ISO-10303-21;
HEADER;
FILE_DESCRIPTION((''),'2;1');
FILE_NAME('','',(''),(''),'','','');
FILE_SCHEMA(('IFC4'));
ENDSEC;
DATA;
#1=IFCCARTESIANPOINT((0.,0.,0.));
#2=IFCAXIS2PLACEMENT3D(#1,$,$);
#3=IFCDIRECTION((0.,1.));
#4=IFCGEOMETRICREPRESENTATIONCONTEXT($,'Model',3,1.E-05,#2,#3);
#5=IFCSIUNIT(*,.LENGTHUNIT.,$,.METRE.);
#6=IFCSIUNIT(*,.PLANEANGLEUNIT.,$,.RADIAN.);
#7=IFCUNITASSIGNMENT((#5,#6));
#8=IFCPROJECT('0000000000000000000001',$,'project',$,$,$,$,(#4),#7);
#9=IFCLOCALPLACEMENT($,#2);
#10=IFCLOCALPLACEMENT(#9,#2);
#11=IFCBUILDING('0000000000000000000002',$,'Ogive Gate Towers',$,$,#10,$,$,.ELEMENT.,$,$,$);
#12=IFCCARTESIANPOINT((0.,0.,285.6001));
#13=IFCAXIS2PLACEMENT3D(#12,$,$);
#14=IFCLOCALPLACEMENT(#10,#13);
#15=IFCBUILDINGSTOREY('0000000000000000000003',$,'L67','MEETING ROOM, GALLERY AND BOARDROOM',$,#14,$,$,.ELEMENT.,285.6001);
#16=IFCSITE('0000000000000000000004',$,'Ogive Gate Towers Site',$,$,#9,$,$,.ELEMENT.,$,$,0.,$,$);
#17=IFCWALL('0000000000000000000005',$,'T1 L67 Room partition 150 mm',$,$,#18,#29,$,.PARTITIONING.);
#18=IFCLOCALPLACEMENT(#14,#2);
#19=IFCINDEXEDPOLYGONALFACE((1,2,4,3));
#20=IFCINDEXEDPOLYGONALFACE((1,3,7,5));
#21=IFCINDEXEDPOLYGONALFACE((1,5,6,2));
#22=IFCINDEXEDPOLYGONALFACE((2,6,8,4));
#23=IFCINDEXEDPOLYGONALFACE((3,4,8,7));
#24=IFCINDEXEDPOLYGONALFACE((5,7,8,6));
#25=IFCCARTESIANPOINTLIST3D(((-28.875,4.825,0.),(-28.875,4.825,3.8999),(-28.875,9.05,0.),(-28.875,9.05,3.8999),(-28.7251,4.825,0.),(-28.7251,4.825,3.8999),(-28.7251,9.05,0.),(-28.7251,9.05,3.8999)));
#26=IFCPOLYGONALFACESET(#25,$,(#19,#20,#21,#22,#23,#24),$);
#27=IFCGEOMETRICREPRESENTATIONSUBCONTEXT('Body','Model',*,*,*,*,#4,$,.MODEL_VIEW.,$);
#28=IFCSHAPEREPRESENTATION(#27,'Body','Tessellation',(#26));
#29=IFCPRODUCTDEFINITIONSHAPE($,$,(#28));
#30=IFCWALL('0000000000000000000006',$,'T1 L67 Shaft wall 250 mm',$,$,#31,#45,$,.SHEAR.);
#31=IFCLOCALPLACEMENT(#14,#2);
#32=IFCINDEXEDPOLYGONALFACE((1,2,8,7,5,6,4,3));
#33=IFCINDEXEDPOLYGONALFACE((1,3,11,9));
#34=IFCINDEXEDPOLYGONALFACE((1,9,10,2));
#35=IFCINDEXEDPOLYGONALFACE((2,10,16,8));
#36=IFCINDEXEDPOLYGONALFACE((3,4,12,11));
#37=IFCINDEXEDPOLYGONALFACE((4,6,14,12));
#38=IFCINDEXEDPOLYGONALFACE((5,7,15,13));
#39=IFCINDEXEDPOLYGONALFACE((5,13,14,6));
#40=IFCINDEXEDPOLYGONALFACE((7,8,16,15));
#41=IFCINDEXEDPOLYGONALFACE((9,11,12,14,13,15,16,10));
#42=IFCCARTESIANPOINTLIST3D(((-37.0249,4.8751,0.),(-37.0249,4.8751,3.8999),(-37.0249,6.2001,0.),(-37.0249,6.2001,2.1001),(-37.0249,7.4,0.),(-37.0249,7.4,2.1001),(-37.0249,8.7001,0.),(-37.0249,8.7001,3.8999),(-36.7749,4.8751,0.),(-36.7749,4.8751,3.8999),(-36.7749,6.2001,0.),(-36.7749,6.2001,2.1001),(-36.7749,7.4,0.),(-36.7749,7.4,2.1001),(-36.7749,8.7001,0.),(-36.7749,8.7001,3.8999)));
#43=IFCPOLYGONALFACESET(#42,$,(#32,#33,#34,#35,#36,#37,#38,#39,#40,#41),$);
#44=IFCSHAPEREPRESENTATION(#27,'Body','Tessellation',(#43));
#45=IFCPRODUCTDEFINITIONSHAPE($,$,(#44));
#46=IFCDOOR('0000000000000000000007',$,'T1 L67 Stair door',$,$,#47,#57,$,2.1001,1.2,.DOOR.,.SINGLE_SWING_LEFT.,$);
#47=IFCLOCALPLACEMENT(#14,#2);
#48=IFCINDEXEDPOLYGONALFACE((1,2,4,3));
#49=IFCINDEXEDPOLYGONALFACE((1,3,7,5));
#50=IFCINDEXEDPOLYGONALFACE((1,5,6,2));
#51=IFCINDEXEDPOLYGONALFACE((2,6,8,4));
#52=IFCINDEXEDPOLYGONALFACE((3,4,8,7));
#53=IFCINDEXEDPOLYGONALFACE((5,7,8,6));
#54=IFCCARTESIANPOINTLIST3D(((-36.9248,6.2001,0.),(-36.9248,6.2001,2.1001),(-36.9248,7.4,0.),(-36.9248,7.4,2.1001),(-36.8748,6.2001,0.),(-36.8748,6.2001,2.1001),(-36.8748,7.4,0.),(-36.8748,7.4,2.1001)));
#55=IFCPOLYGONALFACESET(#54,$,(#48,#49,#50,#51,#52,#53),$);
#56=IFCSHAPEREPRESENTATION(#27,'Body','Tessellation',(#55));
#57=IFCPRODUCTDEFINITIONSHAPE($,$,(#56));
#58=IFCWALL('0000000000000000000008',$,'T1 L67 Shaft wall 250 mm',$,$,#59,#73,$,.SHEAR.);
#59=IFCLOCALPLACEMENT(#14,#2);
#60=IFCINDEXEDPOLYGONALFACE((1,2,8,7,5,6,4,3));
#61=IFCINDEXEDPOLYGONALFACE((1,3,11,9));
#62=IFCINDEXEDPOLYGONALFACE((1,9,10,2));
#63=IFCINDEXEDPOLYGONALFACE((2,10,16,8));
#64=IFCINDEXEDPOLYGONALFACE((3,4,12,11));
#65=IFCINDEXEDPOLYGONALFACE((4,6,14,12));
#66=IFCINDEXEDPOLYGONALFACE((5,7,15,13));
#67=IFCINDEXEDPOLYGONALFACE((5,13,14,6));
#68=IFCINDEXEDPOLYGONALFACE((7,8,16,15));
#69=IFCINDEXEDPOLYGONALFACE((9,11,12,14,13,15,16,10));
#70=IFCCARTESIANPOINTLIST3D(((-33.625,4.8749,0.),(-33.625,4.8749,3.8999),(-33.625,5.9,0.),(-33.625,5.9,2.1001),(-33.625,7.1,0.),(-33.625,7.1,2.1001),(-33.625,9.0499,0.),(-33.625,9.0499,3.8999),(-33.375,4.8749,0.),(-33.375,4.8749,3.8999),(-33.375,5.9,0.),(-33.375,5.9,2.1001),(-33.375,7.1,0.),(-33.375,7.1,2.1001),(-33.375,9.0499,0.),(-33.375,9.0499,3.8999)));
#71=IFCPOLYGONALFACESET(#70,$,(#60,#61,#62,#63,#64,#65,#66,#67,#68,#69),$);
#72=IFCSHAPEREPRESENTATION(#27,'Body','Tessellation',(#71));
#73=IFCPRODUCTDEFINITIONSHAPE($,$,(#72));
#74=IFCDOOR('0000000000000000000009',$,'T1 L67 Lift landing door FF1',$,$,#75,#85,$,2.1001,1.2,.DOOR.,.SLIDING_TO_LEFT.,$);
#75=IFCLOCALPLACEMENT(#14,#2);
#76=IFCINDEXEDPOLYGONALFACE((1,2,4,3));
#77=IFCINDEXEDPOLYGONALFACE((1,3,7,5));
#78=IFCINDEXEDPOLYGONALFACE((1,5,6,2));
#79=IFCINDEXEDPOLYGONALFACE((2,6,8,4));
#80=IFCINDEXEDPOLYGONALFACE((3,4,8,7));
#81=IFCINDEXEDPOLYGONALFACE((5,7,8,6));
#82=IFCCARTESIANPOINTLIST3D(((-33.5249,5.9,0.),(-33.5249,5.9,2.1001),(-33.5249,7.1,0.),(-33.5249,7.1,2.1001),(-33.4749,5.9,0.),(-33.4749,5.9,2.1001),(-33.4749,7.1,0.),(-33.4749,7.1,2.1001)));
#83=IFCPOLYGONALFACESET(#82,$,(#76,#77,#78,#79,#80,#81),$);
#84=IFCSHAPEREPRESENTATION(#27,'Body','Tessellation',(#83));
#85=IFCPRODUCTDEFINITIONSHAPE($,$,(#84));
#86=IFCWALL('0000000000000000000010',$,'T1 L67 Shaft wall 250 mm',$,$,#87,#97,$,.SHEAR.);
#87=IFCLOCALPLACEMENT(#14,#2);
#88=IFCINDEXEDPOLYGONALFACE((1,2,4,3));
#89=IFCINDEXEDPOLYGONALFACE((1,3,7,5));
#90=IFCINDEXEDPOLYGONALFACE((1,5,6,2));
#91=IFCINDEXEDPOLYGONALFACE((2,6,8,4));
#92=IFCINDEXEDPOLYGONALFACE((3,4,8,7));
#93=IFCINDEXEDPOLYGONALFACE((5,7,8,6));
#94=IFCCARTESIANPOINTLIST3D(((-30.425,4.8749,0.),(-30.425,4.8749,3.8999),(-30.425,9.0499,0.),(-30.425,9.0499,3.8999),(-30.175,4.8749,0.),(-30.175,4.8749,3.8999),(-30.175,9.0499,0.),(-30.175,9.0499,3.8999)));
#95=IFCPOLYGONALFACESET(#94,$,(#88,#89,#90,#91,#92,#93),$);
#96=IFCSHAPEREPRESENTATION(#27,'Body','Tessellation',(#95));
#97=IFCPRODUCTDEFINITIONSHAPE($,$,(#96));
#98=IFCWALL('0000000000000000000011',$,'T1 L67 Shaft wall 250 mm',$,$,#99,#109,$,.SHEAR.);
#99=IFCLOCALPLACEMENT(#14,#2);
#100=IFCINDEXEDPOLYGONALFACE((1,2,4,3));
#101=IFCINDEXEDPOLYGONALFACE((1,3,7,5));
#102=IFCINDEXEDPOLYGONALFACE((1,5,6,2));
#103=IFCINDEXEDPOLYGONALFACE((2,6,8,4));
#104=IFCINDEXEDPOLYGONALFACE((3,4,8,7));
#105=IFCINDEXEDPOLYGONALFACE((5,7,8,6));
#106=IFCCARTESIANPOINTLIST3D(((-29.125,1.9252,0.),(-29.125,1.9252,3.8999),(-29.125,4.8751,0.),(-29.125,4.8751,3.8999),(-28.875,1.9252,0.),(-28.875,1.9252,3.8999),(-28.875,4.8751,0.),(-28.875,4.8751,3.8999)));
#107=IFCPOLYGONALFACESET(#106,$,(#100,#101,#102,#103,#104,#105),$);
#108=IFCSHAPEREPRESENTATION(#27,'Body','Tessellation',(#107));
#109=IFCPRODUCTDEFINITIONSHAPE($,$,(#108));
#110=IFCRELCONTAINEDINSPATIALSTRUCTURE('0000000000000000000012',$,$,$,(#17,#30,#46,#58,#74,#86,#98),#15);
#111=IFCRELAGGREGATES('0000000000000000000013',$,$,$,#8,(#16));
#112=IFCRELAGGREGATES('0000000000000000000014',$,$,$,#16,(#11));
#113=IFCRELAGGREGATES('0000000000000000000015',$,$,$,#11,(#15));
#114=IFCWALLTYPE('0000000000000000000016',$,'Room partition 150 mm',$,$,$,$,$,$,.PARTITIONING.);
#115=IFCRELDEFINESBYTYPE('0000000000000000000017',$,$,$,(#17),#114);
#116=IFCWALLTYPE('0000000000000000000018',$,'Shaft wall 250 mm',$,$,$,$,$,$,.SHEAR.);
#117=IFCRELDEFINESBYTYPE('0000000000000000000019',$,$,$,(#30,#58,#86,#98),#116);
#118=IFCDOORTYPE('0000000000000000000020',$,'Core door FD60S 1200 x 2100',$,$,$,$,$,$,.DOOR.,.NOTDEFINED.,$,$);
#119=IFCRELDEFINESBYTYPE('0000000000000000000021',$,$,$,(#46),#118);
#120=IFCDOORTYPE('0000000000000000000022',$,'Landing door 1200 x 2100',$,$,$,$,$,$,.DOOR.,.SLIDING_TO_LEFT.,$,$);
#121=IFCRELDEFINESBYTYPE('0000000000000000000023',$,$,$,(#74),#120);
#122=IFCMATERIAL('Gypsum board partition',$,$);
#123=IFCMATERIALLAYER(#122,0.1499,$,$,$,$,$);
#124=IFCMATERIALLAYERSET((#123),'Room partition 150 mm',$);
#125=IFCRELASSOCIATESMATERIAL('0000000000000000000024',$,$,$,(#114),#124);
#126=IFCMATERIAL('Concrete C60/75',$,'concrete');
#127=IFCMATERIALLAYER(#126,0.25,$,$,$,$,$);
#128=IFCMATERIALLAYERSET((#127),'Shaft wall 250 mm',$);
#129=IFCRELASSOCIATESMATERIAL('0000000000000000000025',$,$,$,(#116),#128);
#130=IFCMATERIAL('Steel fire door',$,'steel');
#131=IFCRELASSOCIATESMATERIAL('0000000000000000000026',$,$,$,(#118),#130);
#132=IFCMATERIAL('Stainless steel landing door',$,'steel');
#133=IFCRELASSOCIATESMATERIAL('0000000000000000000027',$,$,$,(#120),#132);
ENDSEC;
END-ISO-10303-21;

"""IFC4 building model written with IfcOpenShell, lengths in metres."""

from ifc_helpers import new_model, si_unit, direction, frame, frame_2d, origin, place, context, subcontext, project, spatial, rectangle, extrude, material, layer, layer_set, type_object, element, fill, save


model = new_model("IFC4")

# Units and contexts
model_context = context("Model", 3, precision=1e-05, world=origin(), true_north=direction((0.0, 1.0)))
body_context = subcontext(model_context, "Body", "Model", "MODEL_VIEW")
ifc_project = project(units=[si_unit("LENGTHUNIT", "METRE"), si_unit("PLANEANGLEUNIT", "RADIAN")], contexts=[model_context])

# Site, building, storey
site_placement = place(None, origin())
site = spatial("IfcSite", under=ifc_project, at=site_placement, Name="Ogive Gate Towers Site", CompositionType="ELEMENT", RefElevation=0.0)
building_placement = place(site_placement, origin())
building = spatial("IfcBuilding", under=site, at=building_placement, Name="Ogive Gate Towers", CompositionType="ELEMENT")
storey_placement = place(building_placement, frame((0.0, 0.0, 285.6001)))
storey = spatial("IfcBuildingStorey", under=building, at=storey_placement, Name="L67", Description="MEETING ROOM, GALLERY AND BOARDROOM", CompositionType="ELEMENT", Elevation=285.6001)

# Shared definitions
ifc_material_1 = material(Name="Gypsum board partition")

# Wall
ifc_layer_1 = layer(ifc_material_1, 0.1499)
ifc_layer_set_1 = layer_set([ifc_layer_1], Name="Room partition 150 mm")
wall_type_1 = type_object("IfcWallType", Name="Room partition 150 mm", PredefinedType="PARTITIONING", material=ifc_layer_set_1)
wall_1_placement = place(storey_placement, frame((-28.8, 4.825, 0.0), z_axis=(0.0, 0.0, 1.0), x_axis=(0.0, 1.0, 0.0)))
element("IfcWall", 1, at=wall_1_placement, inside=storey, type_object=wall_type_1, Name="T1 L67 Room partition 150 mm", PredefinedType="PARTITIONING", context=body_context, shape_type="SweptSolid", body=[
    extrude(rectangle(XDim=4.2251, YDim=0.1499, at=frame_2d((2.1125, 0.0))), origin(), (0.0, 0.0, 1.0), 3.8999),
])

# Walls, openings, doors
ifc_material_2 = material(Name="Concrete C60/75", Category="concrete")
ifc_layer_2 = layer(ifc_material_2, 0.25)
ifc_layer_set_2 = layer_set([ifc_layer_2], Name="Shaft wall 250 mm")
wall_type_2 = type_object("IfcWallType", Name="Shaft wall 250 mm", PredefinedType="SHEAR", material=ifc_layer_set_2)
wall_2_placement = place(storey_placement, frame((-36.8999, 4.875, 0.0), z_axis=(0.0, 0.0, 1.0), x_axis=(0.0, 1.0, 0.0)))
wall_2 = element("IfcWall", 2, at=wall_2_placement, inside=storey, type_object=wall_type_2, Name="T1 L67 Shaft wall 250 mm", PredefinedType="SHEAR", context=body_context, shape_type="SweptSolid", body=[
    extrude(rectangle(XDim=3.825, YDim=0.25, at=frame_2d((1.9126, 0.0))), origin(), (0.0, 0.0, 1.0), 3.8999),
])
opening_1_placement = place(wall_2_placement, frame((1.325, 0.0, 0.0)))
opening_1 = element("IfcOpeningElement", 3, at=opening_1_placement, cuts=wall_2, PredefinedType="OPENING", context=body_context, shape_type="SweptSolid", body=[
    extrude(rectangle(XDim=1.2, YDim=2.1001, at=frame_2d((0.6001, 1.05))), frame((0.0, 0.135, 0.0), z_axis=(0.0, -1.0, 0.0), x_axis=(1.0, 0.0, 0.0)), (0.0, 0.0, 1.0), 0.27),
])
ifc_material_3 = material(Name="Steel fire door", Category="steel")
door_type_1 = type_object("IfcDoorType", Name="Core door FD60S 1200 x 2100", OperationType="NOTDEFINED", PredefinedType="DOOR", material=ifc_material_3)
door_1_placement = place(opening_1_placement, origin())
door_1 = element("IfcDoor", 4, at=door_1_placement, inside=storey, type_object=door_type_1, Name="T1 L67 Stair door", OperationType="SINGLE_SWING_LEFT", OverallHeight=2.1001, OverallWidth=1.2, PredefinedType="DOOR", context=body_context, shape_type="SweptSolid", body=[
    extrude(rectangle(XDim=1.2, YDim=2.1001, at=frame_2d((0.6001, 1.05))), frame((0.0, 0.0249, 0.0), z_axis=(0.0, -1.0, 0.0), x_axis=(1.0, 0.0, 0.0)), (0.0, 0.0, 1.0), 0.05),
])
fill(opening_1, door_1)
wall_3_placement = place(storey_placement, frame((-33.5, 4.875, 0.0), z_axis=(0.0, 0.0, 1.0), x_axis=(0.0, 1.0, 0.0)))
wall_3 = element("IfcWall", 5, at=wall_3_placement, inside=storey, type_object=wall_type_2, Name="T1 L67 Shaft wall 250 mm", PredefinedType="SHEAR", context=body_context, shape_type="SweptSolid", body=[
    extrude(rectangle(XDim=4.175, YDim=0.25, at=frame_2d((2.0874, 0.0))), origin(), (0.0, 0.0, 1.0), 3.8999),
])
opening_2_placement = place(wall_3_placement, frame((1.0249, 0.0, 0.0)))
opening_2 = element("IfcOpeningElement", 6, at=opening_2_placement, cuts=wall_3, PredefinedType="OPENING", context=body_context, shape_type="SweptSolid", body=[
    extrude(rectangle(XDim=1.2, YDim=2.1001, at=frame_2d((0.6001, 1.05))), frame((0.0, 0.135, 0.0), z_axis=(0.0, -1.0, 0.0), x_axis=(1.0, 0.0, 0.0)), (0.0, 0.0, 1.0), 0.27),
])
ifc_material_4 = material(Name="Stainless steel landing door", Category="steel")
door_type_2 = type_object("IfcDoorType", Name="Landing door 1200 x 2100", OperationType="SLIDING_TO_LEFT", PredefinedType="DOOR", material=ifc_material_4)
door_2_placement = place(opening_2_placement, origin())
door_2 = element("IfcDoor", 7, at=door_2_placement, inside=storey, type_object=door_type_2, Name="T1 L67 Lift landing door FF1", OperationType="SLIDING_TO_LEFT", OverallHeight=2.1001, OverallWidth=1.2, PredefinedType="DOOR", context=body_context, shape_type="SweptSolid", body=[
    extrude(rectangle(XDim=1.2, YDim=2.1001, at=frame_2d((0.6001, 1.05))), frame((0.0, 0.0249, 0.0), z_axis=(0.0, -1.0, 0.0), x_axis=(1.0, 0.0, 0.0)), (0.0, 0.0, 1.0), 0.05),
])
fill(opening_2, door_2)

# Walls
wall_4_placement = place(storey_placement, frame((-30.3, 4.875, 0.0), z_axis=(0.0, 0.0, 1.0), x_axis=(0.0, 1.0, 0.0)))
element("IfcWall", 8, at=wall_4_placement, inside=storey, type_object=wall_type_2, Name="T1 L67 Shaft wall 250 mm", PredefinedType="SHEAR", context=body_context, shape_type="SweptSolid", body=[
    extrude(rectangle(XDim=4.175, YDim=0.25, at=frame_2d((2.0874, 0.0))), origin(), (0.0, 0.0, 1.0), 3.8999),
])
wall_5_placement = place(storey_placement, frame((-29.0, 1.925, 0.0), z_axis=(0.0, 0.0, 1.0), x_axis=(0.0, 1.0, 0.0)))
element("IfcWall", 9, at=wall_5_placement, inside=storey, type_object=wall_type_2, Name="T1 L67 Shaft wall 250 mm", PredefinedType="SHEAR", context=body_context, shape_type="SweptSolid", body=[
    extrude(rectangle(XDim=2.95, YDim=0.25, at=frame_2d((1.4751, 0.0))), origin(), (0.0, 0.0, 1.0), 3.8999),
])

save(model, "model.ifc")
